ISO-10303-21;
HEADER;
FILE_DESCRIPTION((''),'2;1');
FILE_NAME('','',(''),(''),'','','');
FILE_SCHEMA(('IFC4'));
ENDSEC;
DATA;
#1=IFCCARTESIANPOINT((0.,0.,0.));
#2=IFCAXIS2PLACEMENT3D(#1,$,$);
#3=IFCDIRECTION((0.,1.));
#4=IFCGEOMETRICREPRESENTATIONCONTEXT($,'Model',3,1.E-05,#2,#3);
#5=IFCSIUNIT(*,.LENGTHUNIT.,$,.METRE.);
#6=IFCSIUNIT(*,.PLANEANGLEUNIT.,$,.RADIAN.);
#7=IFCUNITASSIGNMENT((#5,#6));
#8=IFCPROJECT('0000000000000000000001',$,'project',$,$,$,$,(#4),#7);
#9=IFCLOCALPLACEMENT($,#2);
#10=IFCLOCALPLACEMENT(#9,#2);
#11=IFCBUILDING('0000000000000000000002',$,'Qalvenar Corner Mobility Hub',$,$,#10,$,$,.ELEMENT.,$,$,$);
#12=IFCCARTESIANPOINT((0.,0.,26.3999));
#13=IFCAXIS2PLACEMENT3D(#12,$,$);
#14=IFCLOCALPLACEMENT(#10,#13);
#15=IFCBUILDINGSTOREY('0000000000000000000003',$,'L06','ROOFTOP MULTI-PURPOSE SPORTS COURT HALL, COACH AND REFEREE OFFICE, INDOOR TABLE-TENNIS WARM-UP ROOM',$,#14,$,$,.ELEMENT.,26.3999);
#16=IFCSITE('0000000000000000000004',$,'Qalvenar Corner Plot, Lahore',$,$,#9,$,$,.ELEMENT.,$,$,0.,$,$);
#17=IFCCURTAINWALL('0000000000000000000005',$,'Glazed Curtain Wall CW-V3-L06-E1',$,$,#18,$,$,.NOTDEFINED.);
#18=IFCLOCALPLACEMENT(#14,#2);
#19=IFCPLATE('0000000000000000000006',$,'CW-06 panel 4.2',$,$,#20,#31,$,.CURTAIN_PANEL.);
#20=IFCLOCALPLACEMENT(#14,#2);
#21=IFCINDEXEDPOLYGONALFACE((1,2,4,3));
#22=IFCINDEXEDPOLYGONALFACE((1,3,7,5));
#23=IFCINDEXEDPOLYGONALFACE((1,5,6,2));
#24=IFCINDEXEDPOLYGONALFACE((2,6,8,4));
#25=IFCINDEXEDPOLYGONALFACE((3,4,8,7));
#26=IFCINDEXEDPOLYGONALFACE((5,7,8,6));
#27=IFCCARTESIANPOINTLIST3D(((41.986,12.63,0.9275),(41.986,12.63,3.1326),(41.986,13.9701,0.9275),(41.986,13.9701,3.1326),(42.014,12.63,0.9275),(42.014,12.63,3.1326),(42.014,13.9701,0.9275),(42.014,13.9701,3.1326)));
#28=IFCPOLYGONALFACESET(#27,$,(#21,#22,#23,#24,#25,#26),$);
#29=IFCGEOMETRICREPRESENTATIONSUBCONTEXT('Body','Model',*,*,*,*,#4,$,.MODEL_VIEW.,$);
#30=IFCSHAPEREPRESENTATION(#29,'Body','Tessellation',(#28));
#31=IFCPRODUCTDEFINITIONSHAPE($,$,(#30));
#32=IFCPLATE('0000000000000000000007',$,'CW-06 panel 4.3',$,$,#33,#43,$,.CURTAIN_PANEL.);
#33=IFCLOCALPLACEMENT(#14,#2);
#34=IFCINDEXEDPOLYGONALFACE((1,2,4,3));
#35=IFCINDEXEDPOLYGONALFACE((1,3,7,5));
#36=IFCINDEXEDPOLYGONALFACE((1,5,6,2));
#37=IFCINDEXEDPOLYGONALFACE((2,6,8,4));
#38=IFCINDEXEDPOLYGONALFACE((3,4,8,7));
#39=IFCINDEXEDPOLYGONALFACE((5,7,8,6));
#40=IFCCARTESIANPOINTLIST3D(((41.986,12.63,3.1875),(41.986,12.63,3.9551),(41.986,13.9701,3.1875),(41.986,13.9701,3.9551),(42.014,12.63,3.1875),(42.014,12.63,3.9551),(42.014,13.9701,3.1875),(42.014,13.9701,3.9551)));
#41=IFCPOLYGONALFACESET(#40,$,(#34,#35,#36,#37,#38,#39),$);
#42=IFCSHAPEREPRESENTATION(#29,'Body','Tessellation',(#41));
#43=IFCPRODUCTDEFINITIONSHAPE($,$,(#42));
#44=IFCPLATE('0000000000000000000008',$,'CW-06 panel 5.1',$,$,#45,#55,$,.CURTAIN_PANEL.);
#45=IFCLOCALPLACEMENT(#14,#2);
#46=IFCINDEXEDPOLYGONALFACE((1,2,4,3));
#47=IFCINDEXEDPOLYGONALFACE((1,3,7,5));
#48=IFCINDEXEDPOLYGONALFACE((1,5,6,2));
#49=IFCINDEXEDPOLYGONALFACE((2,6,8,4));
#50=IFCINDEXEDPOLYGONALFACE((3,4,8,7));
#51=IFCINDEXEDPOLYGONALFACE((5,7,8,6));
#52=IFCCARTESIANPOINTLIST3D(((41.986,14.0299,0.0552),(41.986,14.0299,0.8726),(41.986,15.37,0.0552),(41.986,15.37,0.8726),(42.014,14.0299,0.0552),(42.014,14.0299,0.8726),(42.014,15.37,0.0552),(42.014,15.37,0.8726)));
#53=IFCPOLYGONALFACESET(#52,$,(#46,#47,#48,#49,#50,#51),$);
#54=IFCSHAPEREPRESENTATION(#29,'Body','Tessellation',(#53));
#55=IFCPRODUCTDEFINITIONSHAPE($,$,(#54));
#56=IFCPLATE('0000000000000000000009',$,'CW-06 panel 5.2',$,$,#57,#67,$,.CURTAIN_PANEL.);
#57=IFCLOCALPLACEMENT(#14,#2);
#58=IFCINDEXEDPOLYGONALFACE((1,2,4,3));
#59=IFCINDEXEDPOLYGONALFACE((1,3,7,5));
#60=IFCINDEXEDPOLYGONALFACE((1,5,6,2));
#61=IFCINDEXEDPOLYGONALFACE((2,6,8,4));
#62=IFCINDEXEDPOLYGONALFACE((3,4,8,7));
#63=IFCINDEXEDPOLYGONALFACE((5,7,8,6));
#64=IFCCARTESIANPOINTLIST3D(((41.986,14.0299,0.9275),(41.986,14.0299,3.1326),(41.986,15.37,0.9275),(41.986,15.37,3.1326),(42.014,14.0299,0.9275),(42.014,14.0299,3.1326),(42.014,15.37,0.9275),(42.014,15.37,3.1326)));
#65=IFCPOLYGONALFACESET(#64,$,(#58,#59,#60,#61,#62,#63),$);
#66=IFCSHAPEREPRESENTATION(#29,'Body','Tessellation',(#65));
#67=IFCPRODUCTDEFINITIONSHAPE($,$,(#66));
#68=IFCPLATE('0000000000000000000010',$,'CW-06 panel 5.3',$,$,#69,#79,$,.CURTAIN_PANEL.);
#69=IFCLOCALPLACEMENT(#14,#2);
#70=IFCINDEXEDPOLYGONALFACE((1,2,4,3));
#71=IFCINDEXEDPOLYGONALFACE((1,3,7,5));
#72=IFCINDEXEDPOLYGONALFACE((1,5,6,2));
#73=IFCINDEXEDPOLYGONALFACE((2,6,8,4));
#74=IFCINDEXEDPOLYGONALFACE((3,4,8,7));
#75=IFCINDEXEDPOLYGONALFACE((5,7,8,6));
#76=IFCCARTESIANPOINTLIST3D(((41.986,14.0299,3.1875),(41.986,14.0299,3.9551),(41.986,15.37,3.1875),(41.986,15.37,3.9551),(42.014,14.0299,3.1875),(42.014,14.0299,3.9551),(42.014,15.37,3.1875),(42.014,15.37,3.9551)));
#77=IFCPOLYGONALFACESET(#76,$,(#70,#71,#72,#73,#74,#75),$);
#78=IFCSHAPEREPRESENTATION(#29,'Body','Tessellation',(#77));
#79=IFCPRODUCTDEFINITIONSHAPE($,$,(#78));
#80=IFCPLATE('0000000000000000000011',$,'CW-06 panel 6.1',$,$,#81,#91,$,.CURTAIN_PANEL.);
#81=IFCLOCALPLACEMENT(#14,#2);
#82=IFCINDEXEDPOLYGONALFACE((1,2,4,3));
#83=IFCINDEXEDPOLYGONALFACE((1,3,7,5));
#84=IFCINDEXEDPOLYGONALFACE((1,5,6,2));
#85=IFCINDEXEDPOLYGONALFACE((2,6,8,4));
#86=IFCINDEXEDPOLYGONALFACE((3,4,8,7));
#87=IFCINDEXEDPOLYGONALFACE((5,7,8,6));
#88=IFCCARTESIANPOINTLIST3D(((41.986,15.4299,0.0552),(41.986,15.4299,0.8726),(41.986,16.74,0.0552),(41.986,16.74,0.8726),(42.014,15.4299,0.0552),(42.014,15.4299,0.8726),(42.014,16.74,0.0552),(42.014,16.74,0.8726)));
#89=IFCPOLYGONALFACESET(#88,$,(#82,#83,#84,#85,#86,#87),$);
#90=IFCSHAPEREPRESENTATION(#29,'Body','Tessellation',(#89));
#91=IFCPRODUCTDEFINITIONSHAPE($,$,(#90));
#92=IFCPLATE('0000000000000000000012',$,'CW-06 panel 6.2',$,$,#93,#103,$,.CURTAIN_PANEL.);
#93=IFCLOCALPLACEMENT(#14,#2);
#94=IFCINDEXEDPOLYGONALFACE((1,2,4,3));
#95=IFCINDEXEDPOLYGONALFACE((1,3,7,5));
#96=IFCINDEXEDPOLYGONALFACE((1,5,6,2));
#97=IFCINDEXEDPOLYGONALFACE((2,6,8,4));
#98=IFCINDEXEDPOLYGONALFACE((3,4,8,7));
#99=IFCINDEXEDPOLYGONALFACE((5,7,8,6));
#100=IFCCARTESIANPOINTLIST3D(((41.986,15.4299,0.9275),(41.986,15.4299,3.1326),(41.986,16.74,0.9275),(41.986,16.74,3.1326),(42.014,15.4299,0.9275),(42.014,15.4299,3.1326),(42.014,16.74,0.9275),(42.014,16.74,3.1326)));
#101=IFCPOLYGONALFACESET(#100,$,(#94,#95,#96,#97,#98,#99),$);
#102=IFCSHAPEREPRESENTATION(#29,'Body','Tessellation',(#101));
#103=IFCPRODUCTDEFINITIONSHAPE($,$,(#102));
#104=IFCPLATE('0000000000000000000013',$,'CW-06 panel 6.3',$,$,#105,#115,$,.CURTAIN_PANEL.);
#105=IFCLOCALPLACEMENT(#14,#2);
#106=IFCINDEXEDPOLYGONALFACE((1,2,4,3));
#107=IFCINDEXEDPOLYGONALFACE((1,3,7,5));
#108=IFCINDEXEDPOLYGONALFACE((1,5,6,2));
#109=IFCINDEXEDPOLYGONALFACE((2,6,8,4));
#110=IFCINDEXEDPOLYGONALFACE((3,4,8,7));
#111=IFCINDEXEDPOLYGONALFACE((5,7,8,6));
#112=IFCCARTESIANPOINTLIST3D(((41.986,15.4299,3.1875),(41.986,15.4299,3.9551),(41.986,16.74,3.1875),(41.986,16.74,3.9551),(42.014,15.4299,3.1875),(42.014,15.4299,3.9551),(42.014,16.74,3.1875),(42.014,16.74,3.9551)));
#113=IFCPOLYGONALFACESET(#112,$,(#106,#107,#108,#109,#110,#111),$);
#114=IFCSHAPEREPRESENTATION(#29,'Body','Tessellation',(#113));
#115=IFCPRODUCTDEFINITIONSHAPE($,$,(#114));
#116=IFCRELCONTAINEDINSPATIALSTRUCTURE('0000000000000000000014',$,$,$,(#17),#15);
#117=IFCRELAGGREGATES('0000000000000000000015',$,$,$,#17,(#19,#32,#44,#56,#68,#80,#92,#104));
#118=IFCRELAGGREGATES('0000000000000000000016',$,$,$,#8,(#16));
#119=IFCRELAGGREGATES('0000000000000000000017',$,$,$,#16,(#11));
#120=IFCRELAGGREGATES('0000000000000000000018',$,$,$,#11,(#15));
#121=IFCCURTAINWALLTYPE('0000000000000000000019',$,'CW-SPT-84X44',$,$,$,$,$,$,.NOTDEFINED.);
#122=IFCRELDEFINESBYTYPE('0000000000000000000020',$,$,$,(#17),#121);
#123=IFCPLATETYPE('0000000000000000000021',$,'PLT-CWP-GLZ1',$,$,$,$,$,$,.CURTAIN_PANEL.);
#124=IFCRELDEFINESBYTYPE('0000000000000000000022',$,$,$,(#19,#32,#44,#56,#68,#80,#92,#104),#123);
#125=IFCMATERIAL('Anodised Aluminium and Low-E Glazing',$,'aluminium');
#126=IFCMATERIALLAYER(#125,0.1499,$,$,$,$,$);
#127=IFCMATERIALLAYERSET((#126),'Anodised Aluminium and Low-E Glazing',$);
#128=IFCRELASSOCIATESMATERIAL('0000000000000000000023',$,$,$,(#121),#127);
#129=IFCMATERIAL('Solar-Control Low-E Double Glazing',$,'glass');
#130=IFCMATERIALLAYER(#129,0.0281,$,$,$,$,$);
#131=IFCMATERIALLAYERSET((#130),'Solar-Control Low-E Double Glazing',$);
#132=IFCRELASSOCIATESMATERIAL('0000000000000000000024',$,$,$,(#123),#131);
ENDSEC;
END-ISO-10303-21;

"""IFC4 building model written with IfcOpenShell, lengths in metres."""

from ifc_helpers import new_model, si_unit, direction, frame, origin, origin_2d, place, context, subcontext, project, spatial, rectangle, extrude, material, layer, layer_set, type_object, element, aggregate, save


model = new_model("IFC4")

# Units and contexts
model_context = context("Model", 3, precision=1e-05, world=origin(), true_north=direction((0.0, 1.0)))
body_context = subcontext(model_context, "Body", "Model", "MODEL_VIEW")
ifc_project = project(units=[si_unit("LENGTHUNIT", "METRE"), si_unit("PLANEANGLEUNIT", "RADIAN")], contexts=[model_context])

# Site, building, storey
site_placement = place(None, origin())
site = spatial("IfcSite", under=ifc_project, at=site_placement, Name="Qalvenar Corner Plot, Lahore", CompositionType="ELEMENT", RefElevation=0.0)
building_placement = place(site_placement, origin())
building = spatial("IfcBuilding", under=site, at=building_placement, Name="Qalvenar Corner Mobility Hub", CompositionType="ELEMENT")
storey_placement = place(building_placement, frame((0.0, 0.0, 26.3999)))
storey = spatial("IfcBuildingStorey", under=building, at=storey_placement, Name="L06", Description="ROOFTOP MULTI-PURPOSE SPORTS COURT HALL, COACH AND REFEREE OFFICE, INDOOR TABLE-TENNIS WARM-UP ROOM", CompositionType="ELEMENT", Elevation=26.3999)

# Curtain wall, plates
ifc_material_1 = material(Name="Anodised Aluminium and Low-E Glazing", Category="aluminium")
ifc_layer_1 = layer(ifc_material_1, 0.1499)
ifc_layer_set_1 = layer_set([ifc_layer_1], Name="Anodised Aluminium and Low-E Glazing")
curtain_wall_type = type_object("IfcCurtainWallType", Name="CW-SPT-84X44", PredefinedType="NOTDEFINED", material=ifc_layer_set_1)
curtain_wall_placement = place(storey_placement, origin())
curtain_wall = element("IfcCurtainWall", 1, at=curtain_wall_placement, inside=storey, type_object=curtain_wall_type, Name="Glazed Curtain Wall CW-V3-L06-E1", PredefinedType="NOTDEFINED")
ifc_material_2 = material(Name="Solar-Control Low-E Double Glazing", Category="glass")
ifc_layer_2 = layer(ifc_material_2, 0.0281)
ifc_layer_set_2 = layer_set([ifc_layer_2], Name="Solar-Control Low-E Double Glazing")
plate_type = type_object("IfcPlateType", Name="PLT-CWP-GLZ1", PredefinedType="CURTAIN_PANEL", material=ifc_layer_set_2)
plate_1_placement = place(storey_placement, frame((42.0, 13.3, 0.9275), z_axis=(0.0, 0.0, 1.0), x_axis=(0.0, 1.0, 0.0)))
plate_1 = element("IfcPlate", 2, at=plate_1_placement, type_object=plate_type, Name="CW-06 panel 4.2", PredefinedType="CURTAIN_PANEL", context=body_context, shape_type="SweptSolid", body=[
    extrude(rectangle(XDim=1.3401, YDim=0.0281, at=origin_2d()), origin(), (0.0, 0.0, 1.0), 2.2051),
])
plate_2_placement = place(storey_placement, frame((42.0, 13.3, 3.1875), z_axis=(0.0, 0.0, 1.0), x_axis=(0.0, 1.0, 0.0)))
plate_2 = element("IfcPlate", 3, at=plate_2_placement, type_object=plate_type, Name="CW-06 panel 4.3", PredefinedType="CURTAIN_PANEL", context=body_context, shape_type="SweptSolid", body=[
    extrude(rectangle(XDim=1.3401, YDim=0.0281, at=origin_2d()), origin(), (0.0, 0.0, 1.0), 0.7676),
])
plate_3_placement = place(storey_placement, frame((42.0, 14.7, 0.0552), z_axis=(0.0, 0.0, 1.0), x_axis=(0.0, 1.0, 0.0)))
plate_3 = element("IfcPlate", 4, at=plate_3_placement, type_object=plate_type, Name="CW-06 panel 5.1", PredefinedType="CURTAIN_PANEL", context=body_context, shape_type="SweptSolid", body=[
    extrude(rectangle(XDim=1.3401, YDim=0.0281, at=origin_2d()), origin(), (0.0, 0.0, 1.0), 0.8174),
])
plate_4_placement = place(storey_placement, frame((42.0, 14.7, 0.9275), z_axis=(0.0, 0.0, 1.0), x_axis=(0.0, 1.0, 0.0)))
plate_4 = element("IfcPlate", 5, at=plate_4_placement, type_object=plate_type, Name="CW-06 panel 5.2", PredefinedType="CURTAIN_PANEL", context=body_context, shape_type="SweptSolid", body=[
    extrude(rectangle(XDim=1.3401, YDim=0.0281, at=origin_2d()), origin(), (0.0, 0.0, 1.0), 2.2051),
])
plate_5_placement = place(storey_placement, frame((42.0, 14.7, 3.1875), z_axis=(0.0, 0.0, 1.0), x_axis=(0.0, 1.0, 0.0)))
plate_5 = element("IfcPlate", 6, at=plate_5_placement, type_object=plate_type, Name="CW-06 panel 5.3", PredefinedType="CURTAIN_PANEL", context=body_context, shape_type="SweptSolid", body=[
    extrude(rectangle(XDim=1.3401, YDim=0.0281, at=origin_2d()), origin(), (0.0, 0.0, 1.0), 0.7676),
])
plate_6_placement = place(storey_placement, frame((42.0, 16.085, 0.0552), z_axis=(0.0, 0.0, 1.0), x_axis=(0.0, 1.0, 0.0)))
plate_6 = element("IfcPlate", 7, at=plate_6_placement, type_object=plate_type, Name="CW-06 panel 6.1", PredefinedType="CURTAIN_PANEL", context=body_context, shape_type="SweptSolid", body=[
    extrude(rectangle(XDim=1.3101, YDim=0.0281, at=origin_2d()), origin(), (0.0, 0.0, 1.0), 0.8174),
])
plate_7_placement = place(storey_placement, frame((42.0, 16.085, 0.9275), z_axis=(0.0, 0.0, 1.0), x_axis=(0.0, 1.0, 0.0)))
plate_7 = element("IfcPlate", 8, at=plate_7_placement, type_object=plate_type, Name="CW-06 panel 6.2", PredefinedType="CURTAIN_PANEL", context=body_context, shape_type="SweptSolid", body=[
    extrude(rectangle(XDim=1.3101, YDim=0.0281, at=origin_2d()), origin(), (0.0, 0.0, 1.0), 2.2051),
])
plate_8_placement = place(storey_placement, frame((42.0, 16.085, 3.1875), z_axis=(0.0, 0.0, 1.0), x_axis=(0.0, 1.0, 0.0)))
plate_8 = element("IfcPlate", 9, at=plate_8_placement, type_object=plate_type, Name="CW-06 panel 6.3", PredefinedType="CURTAIN_PANEL", context=body_context, shape_type="SweptSolid", body=[
    extrude(rectangle(XDim=1.3101, YDim=0.0281, at=origin_2d()), origin(), (0.0, 0.0, 1.0), 0.7676),
])
aggregate(curtain_wall, [plate_1, plate_2, plate_3, plate_4, plate_5, plate_6, plate_7, plate_8])

save(model, "model.ifc")
